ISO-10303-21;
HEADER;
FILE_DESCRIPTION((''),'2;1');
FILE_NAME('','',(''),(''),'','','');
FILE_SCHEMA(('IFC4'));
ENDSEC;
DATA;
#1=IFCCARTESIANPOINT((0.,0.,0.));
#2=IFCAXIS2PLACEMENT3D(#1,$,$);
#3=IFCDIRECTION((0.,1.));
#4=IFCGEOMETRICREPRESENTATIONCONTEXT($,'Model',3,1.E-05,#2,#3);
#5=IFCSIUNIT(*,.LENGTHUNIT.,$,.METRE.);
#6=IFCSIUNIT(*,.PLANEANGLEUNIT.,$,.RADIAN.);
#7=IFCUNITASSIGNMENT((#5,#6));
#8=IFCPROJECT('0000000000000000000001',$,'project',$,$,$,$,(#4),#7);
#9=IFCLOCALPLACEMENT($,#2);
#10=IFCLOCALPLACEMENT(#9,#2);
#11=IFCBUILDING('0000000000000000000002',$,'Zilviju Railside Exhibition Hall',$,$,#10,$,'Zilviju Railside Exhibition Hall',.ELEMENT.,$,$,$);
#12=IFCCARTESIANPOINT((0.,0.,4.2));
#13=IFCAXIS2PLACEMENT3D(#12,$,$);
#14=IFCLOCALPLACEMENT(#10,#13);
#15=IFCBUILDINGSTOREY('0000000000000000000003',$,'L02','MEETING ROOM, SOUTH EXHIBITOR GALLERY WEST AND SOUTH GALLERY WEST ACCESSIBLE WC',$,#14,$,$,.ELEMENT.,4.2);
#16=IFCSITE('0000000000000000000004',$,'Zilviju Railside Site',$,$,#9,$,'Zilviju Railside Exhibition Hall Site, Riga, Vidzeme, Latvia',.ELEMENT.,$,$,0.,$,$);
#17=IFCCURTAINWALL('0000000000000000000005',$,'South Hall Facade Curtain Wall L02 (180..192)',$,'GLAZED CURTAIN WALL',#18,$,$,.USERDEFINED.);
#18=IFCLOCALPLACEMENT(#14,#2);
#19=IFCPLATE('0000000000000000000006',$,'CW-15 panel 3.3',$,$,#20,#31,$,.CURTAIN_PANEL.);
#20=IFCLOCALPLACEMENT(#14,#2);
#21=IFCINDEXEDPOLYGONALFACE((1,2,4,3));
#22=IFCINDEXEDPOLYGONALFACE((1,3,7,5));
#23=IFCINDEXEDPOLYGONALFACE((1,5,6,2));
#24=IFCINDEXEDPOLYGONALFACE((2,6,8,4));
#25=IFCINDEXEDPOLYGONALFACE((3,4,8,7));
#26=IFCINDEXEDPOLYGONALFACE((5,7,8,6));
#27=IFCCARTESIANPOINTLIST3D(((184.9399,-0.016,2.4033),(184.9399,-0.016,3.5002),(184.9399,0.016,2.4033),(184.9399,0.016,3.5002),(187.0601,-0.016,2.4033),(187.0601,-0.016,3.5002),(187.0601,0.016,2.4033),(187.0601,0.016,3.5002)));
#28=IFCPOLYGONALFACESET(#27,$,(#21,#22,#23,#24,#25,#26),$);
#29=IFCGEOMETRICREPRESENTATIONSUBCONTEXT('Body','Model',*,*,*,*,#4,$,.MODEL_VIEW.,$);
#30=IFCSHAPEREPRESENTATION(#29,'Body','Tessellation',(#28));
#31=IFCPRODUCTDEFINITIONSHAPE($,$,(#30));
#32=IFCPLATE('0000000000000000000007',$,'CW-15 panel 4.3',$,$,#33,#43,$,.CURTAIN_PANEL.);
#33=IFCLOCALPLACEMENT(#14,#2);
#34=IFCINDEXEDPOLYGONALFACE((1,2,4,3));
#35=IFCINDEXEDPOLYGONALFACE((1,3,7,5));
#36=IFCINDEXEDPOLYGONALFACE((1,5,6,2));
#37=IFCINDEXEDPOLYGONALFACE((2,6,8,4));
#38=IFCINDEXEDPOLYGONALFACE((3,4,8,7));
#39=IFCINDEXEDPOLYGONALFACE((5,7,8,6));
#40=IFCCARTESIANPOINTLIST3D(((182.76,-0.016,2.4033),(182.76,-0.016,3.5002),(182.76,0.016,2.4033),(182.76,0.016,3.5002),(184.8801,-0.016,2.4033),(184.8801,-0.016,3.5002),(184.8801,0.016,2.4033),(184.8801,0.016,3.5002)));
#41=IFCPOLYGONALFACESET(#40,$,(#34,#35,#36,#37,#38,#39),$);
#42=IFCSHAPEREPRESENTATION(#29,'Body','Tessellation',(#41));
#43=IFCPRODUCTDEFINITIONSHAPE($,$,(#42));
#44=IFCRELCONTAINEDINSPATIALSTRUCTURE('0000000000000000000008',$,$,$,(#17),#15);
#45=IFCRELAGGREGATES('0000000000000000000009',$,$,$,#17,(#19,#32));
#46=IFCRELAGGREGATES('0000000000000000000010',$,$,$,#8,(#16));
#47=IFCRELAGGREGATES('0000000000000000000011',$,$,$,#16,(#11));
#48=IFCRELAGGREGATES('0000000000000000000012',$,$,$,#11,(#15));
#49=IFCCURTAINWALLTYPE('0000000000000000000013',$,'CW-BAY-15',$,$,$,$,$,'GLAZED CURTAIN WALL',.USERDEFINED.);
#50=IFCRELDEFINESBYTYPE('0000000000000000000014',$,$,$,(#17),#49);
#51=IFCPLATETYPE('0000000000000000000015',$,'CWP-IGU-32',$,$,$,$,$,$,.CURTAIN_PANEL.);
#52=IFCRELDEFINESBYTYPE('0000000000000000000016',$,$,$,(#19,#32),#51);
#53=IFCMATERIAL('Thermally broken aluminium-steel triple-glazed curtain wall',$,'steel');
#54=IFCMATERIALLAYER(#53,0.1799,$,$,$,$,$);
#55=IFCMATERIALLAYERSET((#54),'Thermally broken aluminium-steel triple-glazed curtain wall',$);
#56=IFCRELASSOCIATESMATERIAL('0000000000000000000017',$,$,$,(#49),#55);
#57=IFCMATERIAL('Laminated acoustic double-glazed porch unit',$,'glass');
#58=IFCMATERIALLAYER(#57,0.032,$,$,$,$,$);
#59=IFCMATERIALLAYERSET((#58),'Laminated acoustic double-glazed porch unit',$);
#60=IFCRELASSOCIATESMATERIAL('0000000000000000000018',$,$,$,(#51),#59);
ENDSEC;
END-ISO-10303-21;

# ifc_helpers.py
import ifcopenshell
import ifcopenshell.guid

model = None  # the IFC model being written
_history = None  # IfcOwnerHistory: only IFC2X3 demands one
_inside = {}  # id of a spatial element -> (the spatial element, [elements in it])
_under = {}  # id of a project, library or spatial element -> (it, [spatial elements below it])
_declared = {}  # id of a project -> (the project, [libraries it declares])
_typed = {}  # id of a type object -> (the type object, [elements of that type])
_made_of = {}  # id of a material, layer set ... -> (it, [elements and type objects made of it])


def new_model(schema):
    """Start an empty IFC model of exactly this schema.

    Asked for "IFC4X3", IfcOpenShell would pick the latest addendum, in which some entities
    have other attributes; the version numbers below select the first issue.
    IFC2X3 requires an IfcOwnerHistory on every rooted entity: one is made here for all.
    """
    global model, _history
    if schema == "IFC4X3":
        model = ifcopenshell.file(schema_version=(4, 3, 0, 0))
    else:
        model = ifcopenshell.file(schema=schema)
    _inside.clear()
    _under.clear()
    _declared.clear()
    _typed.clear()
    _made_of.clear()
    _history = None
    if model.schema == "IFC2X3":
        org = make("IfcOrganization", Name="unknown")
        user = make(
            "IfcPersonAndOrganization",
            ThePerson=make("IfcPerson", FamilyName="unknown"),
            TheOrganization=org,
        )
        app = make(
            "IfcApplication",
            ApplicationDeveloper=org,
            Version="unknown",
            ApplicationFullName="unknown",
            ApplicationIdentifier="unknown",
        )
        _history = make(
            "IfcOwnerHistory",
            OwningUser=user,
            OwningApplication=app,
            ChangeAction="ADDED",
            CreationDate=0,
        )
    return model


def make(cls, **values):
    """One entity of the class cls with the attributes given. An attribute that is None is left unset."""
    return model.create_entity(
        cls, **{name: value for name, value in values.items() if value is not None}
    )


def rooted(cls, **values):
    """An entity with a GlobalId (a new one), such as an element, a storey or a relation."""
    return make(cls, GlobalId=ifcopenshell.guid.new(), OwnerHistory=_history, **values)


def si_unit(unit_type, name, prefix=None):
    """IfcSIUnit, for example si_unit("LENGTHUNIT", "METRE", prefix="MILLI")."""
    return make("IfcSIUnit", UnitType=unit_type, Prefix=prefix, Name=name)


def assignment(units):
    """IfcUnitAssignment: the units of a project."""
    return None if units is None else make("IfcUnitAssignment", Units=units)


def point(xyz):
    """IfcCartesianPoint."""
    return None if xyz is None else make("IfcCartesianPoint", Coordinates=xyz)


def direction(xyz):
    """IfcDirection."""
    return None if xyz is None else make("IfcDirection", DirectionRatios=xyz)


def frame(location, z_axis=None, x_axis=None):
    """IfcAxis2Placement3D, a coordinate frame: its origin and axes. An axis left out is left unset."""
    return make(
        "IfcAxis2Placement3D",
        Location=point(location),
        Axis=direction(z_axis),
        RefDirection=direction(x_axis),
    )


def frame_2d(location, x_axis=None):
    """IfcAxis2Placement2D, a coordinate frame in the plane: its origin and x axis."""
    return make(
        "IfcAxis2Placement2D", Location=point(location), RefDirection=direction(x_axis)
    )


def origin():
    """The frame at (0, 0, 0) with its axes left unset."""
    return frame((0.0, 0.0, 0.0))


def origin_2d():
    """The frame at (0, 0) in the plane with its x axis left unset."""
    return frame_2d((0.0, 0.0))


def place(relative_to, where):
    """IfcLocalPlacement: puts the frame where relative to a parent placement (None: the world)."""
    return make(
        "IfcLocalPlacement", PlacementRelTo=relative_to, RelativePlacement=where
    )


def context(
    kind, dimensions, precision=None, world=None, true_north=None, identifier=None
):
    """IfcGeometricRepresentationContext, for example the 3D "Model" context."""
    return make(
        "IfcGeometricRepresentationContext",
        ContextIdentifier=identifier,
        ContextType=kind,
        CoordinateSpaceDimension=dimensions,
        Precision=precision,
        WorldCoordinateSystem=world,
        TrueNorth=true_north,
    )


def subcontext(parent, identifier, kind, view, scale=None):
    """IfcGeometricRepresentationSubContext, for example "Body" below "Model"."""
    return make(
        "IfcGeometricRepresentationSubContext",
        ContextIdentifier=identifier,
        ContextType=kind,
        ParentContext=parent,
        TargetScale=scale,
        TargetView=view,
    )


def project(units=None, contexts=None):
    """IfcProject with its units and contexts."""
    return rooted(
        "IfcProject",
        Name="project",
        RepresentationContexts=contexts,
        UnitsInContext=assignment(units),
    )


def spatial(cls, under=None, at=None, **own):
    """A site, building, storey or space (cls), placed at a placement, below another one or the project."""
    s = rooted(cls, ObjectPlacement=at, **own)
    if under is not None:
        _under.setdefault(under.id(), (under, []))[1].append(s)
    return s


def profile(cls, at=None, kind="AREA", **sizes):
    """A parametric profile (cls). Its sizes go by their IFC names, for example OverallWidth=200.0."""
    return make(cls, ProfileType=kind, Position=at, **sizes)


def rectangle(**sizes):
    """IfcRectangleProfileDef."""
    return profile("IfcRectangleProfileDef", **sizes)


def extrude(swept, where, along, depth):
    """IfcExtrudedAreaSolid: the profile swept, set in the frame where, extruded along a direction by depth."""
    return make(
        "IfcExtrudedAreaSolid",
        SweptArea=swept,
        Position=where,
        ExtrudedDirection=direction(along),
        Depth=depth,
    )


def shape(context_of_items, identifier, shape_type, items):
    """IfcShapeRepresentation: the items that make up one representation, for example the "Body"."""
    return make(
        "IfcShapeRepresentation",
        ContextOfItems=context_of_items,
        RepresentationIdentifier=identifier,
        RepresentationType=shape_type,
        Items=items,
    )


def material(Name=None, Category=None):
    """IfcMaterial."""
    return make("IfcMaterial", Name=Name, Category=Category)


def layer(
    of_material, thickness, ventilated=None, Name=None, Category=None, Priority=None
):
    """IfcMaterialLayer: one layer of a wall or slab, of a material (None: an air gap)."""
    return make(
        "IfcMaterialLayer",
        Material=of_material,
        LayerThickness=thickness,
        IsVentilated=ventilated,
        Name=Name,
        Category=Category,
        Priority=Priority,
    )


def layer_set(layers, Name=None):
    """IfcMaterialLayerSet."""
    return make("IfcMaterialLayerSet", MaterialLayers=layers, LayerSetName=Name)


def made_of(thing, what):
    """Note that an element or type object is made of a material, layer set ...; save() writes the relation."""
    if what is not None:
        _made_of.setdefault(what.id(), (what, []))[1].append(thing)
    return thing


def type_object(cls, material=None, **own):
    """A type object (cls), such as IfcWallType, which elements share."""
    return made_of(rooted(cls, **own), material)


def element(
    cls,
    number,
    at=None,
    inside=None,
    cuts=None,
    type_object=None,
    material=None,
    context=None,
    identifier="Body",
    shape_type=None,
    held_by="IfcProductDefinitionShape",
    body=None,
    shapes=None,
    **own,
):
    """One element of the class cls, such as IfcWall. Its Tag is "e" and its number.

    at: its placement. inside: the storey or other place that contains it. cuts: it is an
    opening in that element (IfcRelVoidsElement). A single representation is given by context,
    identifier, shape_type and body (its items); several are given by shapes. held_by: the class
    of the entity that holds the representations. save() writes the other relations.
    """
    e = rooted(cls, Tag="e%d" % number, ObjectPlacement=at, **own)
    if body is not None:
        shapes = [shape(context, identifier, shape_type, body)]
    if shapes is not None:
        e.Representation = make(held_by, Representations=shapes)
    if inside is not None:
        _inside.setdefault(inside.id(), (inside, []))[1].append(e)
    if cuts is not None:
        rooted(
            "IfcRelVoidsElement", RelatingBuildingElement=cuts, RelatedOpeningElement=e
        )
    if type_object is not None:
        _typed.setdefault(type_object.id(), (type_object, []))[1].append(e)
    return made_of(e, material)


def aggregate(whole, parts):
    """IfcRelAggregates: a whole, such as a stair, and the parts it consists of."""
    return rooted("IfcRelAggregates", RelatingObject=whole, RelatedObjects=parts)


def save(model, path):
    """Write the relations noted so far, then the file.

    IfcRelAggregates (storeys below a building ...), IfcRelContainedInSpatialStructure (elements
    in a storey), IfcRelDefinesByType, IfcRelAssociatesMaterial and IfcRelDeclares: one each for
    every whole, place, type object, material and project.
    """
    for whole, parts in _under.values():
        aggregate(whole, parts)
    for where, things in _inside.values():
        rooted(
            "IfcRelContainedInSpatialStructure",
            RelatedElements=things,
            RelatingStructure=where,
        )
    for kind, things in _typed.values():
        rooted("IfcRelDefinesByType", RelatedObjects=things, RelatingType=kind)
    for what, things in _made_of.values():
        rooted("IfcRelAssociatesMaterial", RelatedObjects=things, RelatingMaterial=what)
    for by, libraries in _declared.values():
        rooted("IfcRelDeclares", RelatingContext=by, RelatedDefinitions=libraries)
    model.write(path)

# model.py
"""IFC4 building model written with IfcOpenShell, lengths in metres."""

from ifc_helpers import new_model, si_unit, direction, frame, origin, origin_2d, place, context, subcontext, project, spatial, rectangle, extrude, material, layer, layer_set, type_object, element, aggregate, save


model = new_model("IFC4")

# Units and contexts
model_context = context("Model", 3, precision=1e-05, world=origin(), true_north=direction((0.0, 1.0)))
body_context = subcontext(model_context, "Body", "Model", "MODEL_VIEW")
ifc_project = project(units=[si_unit("LENGTHUNIT", "METRE"), si_unit("PLANEANGLEUNIT", "RADIAN")], contexts=[model_context])

# Site, building, storey
site_placement = place(None, origin())
site = spatial("IfcSite", under=ifc_project, at=site_placement, Name="Zilviju Railside Site", LongName="Zilviju Railside Exhibition Hall Site, Riga, Vidzeme, Latvia", CompositionType="ELEMENT", RefElevation=0.0)
building_placement = place(site_placement, origin())
building = spatial("IfcBuilding", under=site, at=building_placement, Name="Zilviju Railside Exhibition Hall", LongName="Zilviju Railside Exhibition Hall", CompositionType="ELEMENT")
storey_placement = place(building_placement, frame((0.0, 0.0, 4.2)))
storey = spatial("IfcBuildingStorey", under=building, at=storey_placement, Name="L02", Description="MEETING ROOM, SOUTH EXHIBITOR GALLERY WEST AND SOUTH GALLERY WEST ACCESSIBLE WC", CompositionType="ELEMENT", Elevation=4.2)

# Curtain wall, plates
ifc_material_1 = material(Name="Thermally broken aluminium-steel triple-glazed curtain wall", Category="steel")
ifc_layer_1 = layer(ifc_material_1, 0.1799)
ifc_layer_set_1 = layer_set([ifc_layer_1], Name="Thermally broken aluminium-steel triple-glazed curtain wall")
curtain_wall_type = type_object("IfcCurtainWallType", Name="CW-BAY-15", ElementType="GLAZED CURTAIN WALL", PredefinedType="USERDEFINED", material=ifc_layer_set_1)
curtain_wall_placement = place(storey_placement, origin())
curtain_wall = element("IfcCurtainWall", 1, at=curtain_wall_placement, inside=storey, type_object=curtain_wall_type, Name="South Hall Facade Curtain Wall L02 (180..192)", ObjectType="GLAZED CURTAIN WALL", PredefinedType="USERDEFINED")
ifc_material_2 = material(Name="Laminated acoustic double-glazed porch unit", Category="glass")
ifc_layer_2 = layer(ifc_material_2, 0.032)
ifc_layer_set_2 = layer_set([ifc_layer_2], Name="Laminated acoustic double-glazed porch unit")
plate_type = type_object("IfcPlateType", Name="CWP-IGU-32", PredefinedType="CURTAIN_PANEL", material=ifc_layer_set_2)
plate_1_placement = place(storey_placement, frame((186.0, 0.0, 2.4033), z_axis=(0.0, 0.0, 1.0), x_axis=(-1.0, 0.0, 0.0)))
plate_1 = element("IfcPlate", 2, at=plate_1_placement, type_object=plate_type, Name="CW-15 panel 3.3", PredefinedType="CURTAIN_PANEL", context=body_context, shape_type="SweptSolid", body=[
    extrude(rectangle(XDim=2.1201, YDim=0.032, at=origin_2d()), origin(), (0.0, 0.0, 1.0), 1.0969),
])
plate_2_placement = place(storey_placement, frame((183.8201, 0.0, 2.4033), z_axis=(0.0, 0.0, 1.0), x_axis=(-1.0, 0.0, 0.0)))
plate_2 = element("IfcPlate", 3, at=plate_2_placement, type_object=plate_type, Name="CW-15 panel 4.3", PredefinedType="CURTAIN_PANEL", context=body_context, shape_type="SweptSolid", body=[
    extrude(rectangle(XDim=2.1201, YDim=0.032, at=origin_2d()), origin(), (0.0, 0.0, 1.0), 1.0969),
])
aggregate(curtain_wall, [plate_1, plate_2])

save(model, "model.ifc")
